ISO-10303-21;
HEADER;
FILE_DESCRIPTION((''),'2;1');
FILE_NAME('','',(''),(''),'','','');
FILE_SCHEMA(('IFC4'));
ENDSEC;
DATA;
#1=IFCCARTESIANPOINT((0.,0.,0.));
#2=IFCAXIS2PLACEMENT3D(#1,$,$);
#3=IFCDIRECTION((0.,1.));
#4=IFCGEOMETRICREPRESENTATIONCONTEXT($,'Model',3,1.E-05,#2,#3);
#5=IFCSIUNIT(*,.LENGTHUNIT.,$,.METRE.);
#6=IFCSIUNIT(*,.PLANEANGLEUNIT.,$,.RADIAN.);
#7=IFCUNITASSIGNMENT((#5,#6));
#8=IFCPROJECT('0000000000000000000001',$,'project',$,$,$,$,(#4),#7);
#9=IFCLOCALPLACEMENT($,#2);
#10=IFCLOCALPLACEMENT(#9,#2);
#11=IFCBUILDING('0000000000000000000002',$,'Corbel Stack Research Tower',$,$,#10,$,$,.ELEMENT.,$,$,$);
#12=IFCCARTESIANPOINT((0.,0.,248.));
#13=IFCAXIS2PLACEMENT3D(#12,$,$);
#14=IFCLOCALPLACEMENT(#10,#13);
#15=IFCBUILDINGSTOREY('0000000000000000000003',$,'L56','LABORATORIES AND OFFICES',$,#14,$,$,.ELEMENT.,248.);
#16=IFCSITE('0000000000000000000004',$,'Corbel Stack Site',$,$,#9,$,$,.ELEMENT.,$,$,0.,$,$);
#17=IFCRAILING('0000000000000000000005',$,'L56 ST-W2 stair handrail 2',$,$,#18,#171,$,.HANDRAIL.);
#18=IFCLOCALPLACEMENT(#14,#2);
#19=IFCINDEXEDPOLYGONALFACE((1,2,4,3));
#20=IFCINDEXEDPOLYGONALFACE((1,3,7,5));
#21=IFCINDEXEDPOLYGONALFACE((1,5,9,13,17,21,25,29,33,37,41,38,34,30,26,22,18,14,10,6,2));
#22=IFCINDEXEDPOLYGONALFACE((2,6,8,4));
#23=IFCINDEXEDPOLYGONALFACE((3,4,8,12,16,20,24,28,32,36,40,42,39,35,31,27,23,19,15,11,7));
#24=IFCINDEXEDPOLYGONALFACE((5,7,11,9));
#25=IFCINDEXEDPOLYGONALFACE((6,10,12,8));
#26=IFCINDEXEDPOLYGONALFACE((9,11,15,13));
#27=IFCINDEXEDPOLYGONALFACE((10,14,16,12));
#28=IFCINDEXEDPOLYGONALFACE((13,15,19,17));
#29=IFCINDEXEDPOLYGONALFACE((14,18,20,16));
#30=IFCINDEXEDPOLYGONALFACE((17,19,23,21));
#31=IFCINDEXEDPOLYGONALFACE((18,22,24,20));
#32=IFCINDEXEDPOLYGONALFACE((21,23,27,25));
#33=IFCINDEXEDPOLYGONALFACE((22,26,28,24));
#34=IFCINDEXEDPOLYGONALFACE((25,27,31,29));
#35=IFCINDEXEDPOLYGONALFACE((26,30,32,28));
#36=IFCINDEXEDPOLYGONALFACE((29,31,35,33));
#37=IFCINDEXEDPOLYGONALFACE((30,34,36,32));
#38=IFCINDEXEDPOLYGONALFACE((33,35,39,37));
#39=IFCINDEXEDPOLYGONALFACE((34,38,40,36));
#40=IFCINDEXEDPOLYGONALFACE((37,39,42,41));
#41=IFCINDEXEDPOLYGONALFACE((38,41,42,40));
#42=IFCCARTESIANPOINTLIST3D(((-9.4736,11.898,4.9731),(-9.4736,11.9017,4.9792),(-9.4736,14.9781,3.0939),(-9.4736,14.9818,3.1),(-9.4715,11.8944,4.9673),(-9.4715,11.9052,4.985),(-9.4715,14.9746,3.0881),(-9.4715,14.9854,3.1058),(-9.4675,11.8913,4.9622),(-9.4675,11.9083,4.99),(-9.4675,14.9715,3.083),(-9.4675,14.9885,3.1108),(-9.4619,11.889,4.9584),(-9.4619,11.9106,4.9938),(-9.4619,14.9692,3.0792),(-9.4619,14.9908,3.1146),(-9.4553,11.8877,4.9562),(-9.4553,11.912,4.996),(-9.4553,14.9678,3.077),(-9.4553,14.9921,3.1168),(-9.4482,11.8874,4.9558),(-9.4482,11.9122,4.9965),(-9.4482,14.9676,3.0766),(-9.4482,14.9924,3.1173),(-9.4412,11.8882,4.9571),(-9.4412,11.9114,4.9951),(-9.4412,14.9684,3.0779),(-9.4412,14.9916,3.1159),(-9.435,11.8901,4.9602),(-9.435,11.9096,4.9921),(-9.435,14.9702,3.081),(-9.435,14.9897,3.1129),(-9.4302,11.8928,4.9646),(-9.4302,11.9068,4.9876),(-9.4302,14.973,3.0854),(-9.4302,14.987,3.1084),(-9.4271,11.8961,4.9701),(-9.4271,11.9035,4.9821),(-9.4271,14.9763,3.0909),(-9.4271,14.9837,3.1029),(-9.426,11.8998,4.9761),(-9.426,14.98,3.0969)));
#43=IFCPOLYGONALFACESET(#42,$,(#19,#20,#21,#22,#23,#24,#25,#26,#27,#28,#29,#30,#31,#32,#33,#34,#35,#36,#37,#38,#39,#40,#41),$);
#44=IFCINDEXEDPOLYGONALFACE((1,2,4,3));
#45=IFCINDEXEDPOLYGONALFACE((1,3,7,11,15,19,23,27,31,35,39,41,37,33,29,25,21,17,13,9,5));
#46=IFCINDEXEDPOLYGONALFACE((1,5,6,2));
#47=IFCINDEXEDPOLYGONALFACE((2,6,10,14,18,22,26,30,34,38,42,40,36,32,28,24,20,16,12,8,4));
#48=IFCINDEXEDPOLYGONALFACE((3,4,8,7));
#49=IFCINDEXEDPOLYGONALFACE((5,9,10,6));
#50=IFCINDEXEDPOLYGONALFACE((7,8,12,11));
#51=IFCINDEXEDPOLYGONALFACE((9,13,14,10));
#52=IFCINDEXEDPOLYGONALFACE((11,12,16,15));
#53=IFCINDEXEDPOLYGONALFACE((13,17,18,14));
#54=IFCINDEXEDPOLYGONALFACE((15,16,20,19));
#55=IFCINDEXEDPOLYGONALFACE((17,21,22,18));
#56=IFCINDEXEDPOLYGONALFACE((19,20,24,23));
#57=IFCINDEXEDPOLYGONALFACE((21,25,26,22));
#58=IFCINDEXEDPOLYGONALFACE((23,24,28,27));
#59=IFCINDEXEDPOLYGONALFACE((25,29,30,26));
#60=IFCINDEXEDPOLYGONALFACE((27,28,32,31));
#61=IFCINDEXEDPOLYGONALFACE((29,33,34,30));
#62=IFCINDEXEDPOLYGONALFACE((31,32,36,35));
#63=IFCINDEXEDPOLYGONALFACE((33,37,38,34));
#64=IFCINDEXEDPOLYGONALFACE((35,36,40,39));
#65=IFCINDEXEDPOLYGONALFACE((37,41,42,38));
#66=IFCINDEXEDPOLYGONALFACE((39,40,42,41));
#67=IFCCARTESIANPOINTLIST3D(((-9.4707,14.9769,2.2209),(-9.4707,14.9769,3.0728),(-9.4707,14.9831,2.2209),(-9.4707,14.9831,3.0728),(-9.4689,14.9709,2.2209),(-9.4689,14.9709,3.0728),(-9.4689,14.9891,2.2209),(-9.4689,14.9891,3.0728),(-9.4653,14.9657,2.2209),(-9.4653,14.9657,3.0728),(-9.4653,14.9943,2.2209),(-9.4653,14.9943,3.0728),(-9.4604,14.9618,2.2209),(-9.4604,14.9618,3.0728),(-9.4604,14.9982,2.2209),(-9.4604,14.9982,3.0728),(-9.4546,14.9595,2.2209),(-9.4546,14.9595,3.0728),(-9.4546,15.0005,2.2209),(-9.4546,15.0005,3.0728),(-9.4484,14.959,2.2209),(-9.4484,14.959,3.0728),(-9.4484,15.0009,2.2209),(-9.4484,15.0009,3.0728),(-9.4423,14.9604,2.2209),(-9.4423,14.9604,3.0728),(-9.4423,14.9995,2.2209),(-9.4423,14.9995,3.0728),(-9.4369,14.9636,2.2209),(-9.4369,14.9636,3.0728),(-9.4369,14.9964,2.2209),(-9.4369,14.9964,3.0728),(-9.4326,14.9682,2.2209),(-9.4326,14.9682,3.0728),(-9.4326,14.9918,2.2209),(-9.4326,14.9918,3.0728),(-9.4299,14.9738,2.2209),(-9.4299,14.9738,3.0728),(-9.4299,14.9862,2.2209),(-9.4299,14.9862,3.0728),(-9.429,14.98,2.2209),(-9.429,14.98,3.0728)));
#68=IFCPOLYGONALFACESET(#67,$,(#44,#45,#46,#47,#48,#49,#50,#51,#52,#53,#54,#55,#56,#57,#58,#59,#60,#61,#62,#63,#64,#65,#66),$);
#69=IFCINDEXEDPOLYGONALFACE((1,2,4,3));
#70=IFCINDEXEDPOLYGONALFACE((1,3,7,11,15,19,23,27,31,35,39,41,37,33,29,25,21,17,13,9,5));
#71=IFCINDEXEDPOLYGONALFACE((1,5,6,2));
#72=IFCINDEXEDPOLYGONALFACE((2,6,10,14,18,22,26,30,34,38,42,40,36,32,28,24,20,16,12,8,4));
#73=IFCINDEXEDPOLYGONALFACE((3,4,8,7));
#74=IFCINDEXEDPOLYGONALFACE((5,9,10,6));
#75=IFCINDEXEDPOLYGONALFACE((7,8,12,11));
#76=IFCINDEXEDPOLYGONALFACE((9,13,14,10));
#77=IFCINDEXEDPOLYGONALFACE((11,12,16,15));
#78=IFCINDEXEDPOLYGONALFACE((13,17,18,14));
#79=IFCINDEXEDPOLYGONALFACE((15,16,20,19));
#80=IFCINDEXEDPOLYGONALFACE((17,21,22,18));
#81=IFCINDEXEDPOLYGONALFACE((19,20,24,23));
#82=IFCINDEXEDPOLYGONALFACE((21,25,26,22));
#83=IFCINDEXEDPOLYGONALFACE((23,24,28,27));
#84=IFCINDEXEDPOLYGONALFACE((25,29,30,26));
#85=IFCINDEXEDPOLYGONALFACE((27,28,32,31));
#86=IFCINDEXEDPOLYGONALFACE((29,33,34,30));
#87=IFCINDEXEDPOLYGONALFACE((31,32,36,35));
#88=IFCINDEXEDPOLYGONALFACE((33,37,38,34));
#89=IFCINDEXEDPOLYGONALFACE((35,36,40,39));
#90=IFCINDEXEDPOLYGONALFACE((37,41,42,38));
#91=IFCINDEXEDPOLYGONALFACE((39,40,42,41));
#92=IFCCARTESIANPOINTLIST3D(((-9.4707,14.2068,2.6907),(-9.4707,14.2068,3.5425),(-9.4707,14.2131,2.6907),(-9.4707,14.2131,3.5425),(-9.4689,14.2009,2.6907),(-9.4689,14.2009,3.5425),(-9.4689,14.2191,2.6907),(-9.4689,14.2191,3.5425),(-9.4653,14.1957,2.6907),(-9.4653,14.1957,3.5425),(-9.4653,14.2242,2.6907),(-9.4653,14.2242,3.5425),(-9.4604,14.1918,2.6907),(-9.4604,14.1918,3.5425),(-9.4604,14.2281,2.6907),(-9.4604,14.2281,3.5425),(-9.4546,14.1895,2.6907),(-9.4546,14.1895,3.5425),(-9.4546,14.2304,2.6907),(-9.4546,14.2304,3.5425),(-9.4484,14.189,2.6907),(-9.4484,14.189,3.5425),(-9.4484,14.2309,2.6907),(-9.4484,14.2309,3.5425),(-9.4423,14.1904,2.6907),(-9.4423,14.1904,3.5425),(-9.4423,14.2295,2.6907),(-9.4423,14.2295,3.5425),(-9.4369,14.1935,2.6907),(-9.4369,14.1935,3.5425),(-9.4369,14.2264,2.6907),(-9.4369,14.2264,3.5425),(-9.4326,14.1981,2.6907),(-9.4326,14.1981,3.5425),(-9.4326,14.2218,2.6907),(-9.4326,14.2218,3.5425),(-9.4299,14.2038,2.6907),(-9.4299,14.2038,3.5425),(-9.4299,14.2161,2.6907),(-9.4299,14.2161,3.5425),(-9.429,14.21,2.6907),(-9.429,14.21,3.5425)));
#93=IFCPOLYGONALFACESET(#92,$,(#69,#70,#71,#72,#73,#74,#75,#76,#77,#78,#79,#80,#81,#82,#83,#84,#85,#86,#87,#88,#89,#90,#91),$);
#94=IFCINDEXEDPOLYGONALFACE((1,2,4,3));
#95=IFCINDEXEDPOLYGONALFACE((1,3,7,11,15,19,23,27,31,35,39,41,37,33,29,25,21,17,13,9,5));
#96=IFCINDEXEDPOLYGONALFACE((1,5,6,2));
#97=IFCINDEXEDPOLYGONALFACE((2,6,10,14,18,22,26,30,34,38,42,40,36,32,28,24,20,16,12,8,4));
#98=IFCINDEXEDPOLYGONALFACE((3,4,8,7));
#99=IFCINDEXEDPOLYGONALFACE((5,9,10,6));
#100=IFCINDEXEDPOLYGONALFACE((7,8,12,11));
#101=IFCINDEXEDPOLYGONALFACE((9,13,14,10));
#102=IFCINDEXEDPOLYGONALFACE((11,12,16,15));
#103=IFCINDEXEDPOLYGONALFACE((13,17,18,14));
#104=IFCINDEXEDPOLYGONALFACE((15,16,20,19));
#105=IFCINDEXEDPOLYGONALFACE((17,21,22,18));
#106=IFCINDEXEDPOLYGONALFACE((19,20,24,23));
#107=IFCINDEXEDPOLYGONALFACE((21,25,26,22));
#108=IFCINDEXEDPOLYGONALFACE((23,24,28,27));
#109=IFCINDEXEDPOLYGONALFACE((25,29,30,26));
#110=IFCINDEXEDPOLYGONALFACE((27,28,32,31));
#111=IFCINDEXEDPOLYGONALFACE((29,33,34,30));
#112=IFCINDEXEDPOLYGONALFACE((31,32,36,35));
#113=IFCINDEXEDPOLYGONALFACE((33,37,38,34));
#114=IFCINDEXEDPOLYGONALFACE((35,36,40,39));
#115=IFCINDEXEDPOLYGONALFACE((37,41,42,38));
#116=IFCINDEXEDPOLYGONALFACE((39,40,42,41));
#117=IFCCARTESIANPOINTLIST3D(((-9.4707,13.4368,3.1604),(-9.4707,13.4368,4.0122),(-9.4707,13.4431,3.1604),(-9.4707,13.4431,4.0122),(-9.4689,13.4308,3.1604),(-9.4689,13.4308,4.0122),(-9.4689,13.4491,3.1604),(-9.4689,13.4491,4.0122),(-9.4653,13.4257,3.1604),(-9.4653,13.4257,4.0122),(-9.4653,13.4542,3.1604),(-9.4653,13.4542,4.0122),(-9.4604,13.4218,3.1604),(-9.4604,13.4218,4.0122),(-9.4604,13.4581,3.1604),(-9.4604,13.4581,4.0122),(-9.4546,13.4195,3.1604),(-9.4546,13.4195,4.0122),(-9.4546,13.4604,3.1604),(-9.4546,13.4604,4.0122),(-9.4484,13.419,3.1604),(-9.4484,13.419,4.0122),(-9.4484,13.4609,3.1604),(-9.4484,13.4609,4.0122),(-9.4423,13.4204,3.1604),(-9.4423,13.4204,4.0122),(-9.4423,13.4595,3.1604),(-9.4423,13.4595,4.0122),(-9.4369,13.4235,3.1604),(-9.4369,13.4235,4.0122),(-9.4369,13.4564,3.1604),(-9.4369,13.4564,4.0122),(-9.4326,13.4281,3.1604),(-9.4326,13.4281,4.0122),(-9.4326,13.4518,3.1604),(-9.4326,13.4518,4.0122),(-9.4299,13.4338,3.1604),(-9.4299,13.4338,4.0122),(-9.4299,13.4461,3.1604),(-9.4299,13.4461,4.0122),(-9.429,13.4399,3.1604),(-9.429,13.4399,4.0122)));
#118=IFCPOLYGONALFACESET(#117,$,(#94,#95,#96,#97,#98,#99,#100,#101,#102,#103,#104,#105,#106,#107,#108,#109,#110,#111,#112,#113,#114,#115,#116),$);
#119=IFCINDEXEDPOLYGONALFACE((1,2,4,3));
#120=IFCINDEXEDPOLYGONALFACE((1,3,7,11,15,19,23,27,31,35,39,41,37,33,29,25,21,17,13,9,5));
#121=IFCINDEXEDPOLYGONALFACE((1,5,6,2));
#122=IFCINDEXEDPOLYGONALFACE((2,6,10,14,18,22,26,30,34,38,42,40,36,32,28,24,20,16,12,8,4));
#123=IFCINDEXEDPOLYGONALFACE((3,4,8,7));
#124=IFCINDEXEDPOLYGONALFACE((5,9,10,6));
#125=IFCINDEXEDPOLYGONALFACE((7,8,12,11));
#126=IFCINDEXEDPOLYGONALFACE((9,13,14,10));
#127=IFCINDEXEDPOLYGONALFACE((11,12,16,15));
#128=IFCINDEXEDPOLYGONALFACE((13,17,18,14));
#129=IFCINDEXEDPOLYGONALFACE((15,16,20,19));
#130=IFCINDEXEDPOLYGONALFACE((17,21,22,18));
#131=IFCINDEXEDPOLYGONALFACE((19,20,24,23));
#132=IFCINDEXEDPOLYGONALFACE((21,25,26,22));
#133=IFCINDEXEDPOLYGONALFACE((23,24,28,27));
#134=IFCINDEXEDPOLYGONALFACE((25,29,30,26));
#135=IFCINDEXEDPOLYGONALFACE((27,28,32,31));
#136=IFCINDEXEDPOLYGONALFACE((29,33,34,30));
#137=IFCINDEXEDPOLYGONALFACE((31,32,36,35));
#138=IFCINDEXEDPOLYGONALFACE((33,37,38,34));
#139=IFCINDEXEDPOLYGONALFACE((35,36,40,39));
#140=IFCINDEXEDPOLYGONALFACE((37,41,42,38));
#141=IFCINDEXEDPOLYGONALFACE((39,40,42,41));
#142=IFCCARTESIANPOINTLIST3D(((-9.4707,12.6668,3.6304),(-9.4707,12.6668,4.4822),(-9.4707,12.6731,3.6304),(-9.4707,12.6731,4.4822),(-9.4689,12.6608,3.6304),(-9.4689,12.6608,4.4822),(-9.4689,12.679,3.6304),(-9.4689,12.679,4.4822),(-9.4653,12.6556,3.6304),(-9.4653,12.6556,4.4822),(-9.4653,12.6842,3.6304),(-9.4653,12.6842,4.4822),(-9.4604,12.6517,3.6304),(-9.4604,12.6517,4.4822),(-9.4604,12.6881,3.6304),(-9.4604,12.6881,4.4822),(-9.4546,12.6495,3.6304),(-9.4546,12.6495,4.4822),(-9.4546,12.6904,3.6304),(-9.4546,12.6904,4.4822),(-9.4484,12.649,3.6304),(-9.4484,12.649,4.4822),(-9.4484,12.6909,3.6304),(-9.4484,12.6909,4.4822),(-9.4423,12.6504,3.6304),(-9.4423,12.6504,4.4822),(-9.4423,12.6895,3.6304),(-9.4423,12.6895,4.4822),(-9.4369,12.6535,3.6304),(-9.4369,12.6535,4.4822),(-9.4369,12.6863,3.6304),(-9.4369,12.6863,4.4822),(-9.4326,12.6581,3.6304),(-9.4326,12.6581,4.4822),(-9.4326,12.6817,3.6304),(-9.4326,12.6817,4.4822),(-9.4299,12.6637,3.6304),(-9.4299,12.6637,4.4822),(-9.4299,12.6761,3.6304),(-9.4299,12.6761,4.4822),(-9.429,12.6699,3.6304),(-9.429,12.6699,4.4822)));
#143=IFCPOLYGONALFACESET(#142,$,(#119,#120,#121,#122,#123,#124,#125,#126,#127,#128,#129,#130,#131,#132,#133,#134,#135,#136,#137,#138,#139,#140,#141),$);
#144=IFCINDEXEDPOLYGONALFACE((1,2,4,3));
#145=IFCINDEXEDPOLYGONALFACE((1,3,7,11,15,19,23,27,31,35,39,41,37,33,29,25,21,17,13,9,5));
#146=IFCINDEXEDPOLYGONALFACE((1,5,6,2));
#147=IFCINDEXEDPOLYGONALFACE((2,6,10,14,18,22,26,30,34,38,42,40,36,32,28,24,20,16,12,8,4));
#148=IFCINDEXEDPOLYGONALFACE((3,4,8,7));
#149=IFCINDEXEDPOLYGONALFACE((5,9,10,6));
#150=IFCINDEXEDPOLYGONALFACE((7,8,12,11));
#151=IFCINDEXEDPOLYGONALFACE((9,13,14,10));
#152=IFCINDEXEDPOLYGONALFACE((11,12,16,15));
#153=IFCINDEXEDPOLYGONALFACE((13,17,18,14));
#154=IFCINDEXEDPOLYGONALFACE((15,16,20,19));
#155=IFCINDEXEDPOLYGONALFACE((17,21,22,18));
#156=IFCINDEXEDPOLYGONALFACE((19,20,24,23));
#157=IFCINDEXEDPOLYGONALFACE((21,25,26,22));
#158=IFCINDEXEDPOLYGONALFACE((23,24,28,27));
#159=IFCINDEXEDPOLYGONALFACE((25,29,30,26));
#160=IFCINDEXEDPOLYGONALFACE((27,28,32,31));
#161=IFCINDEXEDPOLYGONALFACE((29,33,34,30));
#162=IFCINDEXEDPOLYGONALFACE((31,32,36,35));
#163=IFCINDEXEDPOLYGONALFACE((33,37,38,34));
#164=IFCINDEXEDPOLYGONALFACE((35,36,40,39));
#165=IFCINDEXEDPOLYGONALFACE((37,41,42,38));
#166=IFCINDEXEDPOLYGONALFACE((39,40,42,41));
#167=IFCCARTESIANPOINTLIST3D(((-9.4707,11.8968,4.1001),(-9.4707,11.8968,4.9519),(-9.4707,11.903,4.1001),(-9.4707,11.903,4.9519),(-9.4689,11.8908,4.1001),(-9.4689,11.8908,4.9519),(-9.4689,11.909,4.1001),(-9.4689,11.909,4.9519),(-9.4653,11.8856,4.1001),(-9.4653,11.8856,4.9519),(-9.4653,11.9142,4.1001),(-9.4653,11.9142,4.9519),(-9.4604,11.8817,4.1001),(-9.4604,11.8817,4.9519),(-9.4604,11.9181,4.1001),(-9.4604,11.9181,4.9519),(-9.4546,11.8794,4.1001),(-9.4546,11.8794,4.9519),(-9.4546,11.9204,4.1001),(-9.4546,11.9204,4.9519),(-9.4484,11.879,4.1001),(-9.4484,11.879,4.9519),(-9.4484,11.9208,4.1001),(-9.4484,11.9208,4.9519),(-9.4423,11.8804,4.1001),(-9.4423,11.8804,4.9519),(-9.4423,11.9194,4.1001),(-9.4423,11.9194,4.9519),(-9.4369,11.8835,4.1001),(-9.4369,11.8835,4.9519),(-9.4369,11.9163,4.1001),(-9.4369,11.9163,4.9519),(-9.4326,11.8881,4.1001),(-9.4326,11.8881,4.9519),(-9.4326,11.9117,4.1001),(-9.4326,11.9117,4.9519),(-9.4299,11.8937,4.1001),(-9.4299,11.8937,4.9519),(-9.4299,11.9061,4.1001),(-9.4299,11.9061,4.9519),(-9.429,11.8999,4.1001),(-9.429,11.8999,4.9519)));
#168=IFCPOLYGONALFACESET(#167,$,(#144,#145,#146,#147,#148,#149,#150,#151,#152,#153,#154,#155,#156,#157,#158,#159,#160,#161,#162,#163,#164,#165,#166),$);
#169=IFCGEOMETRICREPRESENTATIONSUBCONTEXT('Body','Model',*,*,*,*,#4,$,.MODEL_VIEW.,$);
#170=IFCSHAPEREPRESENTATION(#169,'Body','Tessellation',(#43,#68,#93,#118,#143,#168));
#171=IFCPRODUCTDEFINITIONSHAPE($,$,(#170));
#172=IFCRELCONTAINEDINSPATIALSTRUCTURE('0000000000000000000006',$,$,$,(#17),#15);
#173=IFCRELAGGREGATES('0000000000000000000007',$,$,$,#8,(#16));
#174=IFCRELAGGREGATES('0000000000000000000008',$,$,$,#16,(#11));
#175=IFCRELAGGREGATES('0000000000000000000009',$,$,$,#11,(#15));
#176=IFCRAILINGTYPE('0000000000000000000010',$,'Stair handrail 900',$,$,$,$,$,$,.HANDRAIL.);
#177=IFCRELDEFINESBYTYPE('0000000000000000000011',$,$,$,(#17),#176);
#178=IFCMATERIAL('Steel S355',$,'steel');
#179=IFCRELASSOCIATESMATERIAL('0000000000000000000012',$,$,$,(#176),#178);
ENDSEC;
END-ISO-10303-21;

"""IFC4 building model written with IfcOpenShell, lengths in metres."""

from ifc_helpers import new_model, si_unit, direction, frame, origin, origin_2d, place, context, subcontext, project, spatial, circle, extrude, material, type_object, element, save


model = new_model("IFC4")

# Units and contexts
model_context = context("Model", 3, precision=1e-05, world=origin(), true_north=direction((0.0, 1.0)))
body_context = subcontext(model_context, "Body", "Model", "MODEL_VIEW")
ifc_project = project(units=[si_unit("LENGTHUNIT", "METRE"), si_unit("PLANEANGLEUNIT", "RADIAN")], contexts=[model_context])

# Site, building, storey
site_placement = place(None, origin())
site = spatial("IfcSite", under=ifc_project, at=site_placement, Name="Corbel Stack Site", CompositionType="ELEMENT", RefElevation=0.0)
building_placement = place(site_placement, origin())
building = spatial("IfcBuilding", under=site, at=building_placement, Name="Corbel Stack Research Tower", CompositionType="ELEMENT")
storey_placement = place(building_placement, frame((0.0, 0.0, 248.0)))
storey = spatial("IfcBuildingStorey", under=building, at=storey_placement, Name="L56", Description="LABORATORIES AND OFFICES", CompositionType="ELEMENT", Elevation=248.0)

# Railing
ifc_material_1 = material(Name="Steel S355", Category="steel")
railing_type_1 = type_object("IfcRailingType", Name="Stair handrail 900", PredefinedType="HANDRAIL", material=ifc_material_1)
railing_1_placement = place(storey_placement, frame((-9.45, 14.98, 2.2209)))
element("IfcRailing", 1, at=railing_1_placement, inside=storey, type_object=railing_type_1, Name="L56 ST-W2 stair handrail 2", PredefinedType="HANDRAIL", context=body_context, shape_type="SweptSolid", body=[
    extrude(circle(Radius=0.0239, at=origin_2d()), frame((0.0, 0.0, 0.876), z_axis=(0.0, -0.853666, 0.52082), x_axis=(1.0, 0.0, 0.0)), (0.0, 0.0, 1.0), 3.6082),
    extrude(circle(Radius=0.021, at=origin_2d()), origin(), (0.0, 0.0, 1.0), 0.8518),
    extrude(circle(Radius=0.021, at=origin_2d()), frame((0.0, -0.77, 0.4697)), (0.0, 0.0, 1.0), 0.8518),
    extrude(circle(Radius=0.021, at=origin_2d()), frame((0.0, -1.54, 0.9395)), (0.0, 0.0, 1.0), 0.8518),
    extrude(circle(Radius=0.021, at=origin_2d()), frame((0.0, -2.3101, 1.4094)), (0.0, 0.0, 1.0), 0.8518),
    extrude(circle(Radius=0.021, at=origin_2d()), frame((0.0, -3.0801, 1.8792)), (0.0, 0.0, 1.0), 0.8518),
])

save(model, "model.ifc")
